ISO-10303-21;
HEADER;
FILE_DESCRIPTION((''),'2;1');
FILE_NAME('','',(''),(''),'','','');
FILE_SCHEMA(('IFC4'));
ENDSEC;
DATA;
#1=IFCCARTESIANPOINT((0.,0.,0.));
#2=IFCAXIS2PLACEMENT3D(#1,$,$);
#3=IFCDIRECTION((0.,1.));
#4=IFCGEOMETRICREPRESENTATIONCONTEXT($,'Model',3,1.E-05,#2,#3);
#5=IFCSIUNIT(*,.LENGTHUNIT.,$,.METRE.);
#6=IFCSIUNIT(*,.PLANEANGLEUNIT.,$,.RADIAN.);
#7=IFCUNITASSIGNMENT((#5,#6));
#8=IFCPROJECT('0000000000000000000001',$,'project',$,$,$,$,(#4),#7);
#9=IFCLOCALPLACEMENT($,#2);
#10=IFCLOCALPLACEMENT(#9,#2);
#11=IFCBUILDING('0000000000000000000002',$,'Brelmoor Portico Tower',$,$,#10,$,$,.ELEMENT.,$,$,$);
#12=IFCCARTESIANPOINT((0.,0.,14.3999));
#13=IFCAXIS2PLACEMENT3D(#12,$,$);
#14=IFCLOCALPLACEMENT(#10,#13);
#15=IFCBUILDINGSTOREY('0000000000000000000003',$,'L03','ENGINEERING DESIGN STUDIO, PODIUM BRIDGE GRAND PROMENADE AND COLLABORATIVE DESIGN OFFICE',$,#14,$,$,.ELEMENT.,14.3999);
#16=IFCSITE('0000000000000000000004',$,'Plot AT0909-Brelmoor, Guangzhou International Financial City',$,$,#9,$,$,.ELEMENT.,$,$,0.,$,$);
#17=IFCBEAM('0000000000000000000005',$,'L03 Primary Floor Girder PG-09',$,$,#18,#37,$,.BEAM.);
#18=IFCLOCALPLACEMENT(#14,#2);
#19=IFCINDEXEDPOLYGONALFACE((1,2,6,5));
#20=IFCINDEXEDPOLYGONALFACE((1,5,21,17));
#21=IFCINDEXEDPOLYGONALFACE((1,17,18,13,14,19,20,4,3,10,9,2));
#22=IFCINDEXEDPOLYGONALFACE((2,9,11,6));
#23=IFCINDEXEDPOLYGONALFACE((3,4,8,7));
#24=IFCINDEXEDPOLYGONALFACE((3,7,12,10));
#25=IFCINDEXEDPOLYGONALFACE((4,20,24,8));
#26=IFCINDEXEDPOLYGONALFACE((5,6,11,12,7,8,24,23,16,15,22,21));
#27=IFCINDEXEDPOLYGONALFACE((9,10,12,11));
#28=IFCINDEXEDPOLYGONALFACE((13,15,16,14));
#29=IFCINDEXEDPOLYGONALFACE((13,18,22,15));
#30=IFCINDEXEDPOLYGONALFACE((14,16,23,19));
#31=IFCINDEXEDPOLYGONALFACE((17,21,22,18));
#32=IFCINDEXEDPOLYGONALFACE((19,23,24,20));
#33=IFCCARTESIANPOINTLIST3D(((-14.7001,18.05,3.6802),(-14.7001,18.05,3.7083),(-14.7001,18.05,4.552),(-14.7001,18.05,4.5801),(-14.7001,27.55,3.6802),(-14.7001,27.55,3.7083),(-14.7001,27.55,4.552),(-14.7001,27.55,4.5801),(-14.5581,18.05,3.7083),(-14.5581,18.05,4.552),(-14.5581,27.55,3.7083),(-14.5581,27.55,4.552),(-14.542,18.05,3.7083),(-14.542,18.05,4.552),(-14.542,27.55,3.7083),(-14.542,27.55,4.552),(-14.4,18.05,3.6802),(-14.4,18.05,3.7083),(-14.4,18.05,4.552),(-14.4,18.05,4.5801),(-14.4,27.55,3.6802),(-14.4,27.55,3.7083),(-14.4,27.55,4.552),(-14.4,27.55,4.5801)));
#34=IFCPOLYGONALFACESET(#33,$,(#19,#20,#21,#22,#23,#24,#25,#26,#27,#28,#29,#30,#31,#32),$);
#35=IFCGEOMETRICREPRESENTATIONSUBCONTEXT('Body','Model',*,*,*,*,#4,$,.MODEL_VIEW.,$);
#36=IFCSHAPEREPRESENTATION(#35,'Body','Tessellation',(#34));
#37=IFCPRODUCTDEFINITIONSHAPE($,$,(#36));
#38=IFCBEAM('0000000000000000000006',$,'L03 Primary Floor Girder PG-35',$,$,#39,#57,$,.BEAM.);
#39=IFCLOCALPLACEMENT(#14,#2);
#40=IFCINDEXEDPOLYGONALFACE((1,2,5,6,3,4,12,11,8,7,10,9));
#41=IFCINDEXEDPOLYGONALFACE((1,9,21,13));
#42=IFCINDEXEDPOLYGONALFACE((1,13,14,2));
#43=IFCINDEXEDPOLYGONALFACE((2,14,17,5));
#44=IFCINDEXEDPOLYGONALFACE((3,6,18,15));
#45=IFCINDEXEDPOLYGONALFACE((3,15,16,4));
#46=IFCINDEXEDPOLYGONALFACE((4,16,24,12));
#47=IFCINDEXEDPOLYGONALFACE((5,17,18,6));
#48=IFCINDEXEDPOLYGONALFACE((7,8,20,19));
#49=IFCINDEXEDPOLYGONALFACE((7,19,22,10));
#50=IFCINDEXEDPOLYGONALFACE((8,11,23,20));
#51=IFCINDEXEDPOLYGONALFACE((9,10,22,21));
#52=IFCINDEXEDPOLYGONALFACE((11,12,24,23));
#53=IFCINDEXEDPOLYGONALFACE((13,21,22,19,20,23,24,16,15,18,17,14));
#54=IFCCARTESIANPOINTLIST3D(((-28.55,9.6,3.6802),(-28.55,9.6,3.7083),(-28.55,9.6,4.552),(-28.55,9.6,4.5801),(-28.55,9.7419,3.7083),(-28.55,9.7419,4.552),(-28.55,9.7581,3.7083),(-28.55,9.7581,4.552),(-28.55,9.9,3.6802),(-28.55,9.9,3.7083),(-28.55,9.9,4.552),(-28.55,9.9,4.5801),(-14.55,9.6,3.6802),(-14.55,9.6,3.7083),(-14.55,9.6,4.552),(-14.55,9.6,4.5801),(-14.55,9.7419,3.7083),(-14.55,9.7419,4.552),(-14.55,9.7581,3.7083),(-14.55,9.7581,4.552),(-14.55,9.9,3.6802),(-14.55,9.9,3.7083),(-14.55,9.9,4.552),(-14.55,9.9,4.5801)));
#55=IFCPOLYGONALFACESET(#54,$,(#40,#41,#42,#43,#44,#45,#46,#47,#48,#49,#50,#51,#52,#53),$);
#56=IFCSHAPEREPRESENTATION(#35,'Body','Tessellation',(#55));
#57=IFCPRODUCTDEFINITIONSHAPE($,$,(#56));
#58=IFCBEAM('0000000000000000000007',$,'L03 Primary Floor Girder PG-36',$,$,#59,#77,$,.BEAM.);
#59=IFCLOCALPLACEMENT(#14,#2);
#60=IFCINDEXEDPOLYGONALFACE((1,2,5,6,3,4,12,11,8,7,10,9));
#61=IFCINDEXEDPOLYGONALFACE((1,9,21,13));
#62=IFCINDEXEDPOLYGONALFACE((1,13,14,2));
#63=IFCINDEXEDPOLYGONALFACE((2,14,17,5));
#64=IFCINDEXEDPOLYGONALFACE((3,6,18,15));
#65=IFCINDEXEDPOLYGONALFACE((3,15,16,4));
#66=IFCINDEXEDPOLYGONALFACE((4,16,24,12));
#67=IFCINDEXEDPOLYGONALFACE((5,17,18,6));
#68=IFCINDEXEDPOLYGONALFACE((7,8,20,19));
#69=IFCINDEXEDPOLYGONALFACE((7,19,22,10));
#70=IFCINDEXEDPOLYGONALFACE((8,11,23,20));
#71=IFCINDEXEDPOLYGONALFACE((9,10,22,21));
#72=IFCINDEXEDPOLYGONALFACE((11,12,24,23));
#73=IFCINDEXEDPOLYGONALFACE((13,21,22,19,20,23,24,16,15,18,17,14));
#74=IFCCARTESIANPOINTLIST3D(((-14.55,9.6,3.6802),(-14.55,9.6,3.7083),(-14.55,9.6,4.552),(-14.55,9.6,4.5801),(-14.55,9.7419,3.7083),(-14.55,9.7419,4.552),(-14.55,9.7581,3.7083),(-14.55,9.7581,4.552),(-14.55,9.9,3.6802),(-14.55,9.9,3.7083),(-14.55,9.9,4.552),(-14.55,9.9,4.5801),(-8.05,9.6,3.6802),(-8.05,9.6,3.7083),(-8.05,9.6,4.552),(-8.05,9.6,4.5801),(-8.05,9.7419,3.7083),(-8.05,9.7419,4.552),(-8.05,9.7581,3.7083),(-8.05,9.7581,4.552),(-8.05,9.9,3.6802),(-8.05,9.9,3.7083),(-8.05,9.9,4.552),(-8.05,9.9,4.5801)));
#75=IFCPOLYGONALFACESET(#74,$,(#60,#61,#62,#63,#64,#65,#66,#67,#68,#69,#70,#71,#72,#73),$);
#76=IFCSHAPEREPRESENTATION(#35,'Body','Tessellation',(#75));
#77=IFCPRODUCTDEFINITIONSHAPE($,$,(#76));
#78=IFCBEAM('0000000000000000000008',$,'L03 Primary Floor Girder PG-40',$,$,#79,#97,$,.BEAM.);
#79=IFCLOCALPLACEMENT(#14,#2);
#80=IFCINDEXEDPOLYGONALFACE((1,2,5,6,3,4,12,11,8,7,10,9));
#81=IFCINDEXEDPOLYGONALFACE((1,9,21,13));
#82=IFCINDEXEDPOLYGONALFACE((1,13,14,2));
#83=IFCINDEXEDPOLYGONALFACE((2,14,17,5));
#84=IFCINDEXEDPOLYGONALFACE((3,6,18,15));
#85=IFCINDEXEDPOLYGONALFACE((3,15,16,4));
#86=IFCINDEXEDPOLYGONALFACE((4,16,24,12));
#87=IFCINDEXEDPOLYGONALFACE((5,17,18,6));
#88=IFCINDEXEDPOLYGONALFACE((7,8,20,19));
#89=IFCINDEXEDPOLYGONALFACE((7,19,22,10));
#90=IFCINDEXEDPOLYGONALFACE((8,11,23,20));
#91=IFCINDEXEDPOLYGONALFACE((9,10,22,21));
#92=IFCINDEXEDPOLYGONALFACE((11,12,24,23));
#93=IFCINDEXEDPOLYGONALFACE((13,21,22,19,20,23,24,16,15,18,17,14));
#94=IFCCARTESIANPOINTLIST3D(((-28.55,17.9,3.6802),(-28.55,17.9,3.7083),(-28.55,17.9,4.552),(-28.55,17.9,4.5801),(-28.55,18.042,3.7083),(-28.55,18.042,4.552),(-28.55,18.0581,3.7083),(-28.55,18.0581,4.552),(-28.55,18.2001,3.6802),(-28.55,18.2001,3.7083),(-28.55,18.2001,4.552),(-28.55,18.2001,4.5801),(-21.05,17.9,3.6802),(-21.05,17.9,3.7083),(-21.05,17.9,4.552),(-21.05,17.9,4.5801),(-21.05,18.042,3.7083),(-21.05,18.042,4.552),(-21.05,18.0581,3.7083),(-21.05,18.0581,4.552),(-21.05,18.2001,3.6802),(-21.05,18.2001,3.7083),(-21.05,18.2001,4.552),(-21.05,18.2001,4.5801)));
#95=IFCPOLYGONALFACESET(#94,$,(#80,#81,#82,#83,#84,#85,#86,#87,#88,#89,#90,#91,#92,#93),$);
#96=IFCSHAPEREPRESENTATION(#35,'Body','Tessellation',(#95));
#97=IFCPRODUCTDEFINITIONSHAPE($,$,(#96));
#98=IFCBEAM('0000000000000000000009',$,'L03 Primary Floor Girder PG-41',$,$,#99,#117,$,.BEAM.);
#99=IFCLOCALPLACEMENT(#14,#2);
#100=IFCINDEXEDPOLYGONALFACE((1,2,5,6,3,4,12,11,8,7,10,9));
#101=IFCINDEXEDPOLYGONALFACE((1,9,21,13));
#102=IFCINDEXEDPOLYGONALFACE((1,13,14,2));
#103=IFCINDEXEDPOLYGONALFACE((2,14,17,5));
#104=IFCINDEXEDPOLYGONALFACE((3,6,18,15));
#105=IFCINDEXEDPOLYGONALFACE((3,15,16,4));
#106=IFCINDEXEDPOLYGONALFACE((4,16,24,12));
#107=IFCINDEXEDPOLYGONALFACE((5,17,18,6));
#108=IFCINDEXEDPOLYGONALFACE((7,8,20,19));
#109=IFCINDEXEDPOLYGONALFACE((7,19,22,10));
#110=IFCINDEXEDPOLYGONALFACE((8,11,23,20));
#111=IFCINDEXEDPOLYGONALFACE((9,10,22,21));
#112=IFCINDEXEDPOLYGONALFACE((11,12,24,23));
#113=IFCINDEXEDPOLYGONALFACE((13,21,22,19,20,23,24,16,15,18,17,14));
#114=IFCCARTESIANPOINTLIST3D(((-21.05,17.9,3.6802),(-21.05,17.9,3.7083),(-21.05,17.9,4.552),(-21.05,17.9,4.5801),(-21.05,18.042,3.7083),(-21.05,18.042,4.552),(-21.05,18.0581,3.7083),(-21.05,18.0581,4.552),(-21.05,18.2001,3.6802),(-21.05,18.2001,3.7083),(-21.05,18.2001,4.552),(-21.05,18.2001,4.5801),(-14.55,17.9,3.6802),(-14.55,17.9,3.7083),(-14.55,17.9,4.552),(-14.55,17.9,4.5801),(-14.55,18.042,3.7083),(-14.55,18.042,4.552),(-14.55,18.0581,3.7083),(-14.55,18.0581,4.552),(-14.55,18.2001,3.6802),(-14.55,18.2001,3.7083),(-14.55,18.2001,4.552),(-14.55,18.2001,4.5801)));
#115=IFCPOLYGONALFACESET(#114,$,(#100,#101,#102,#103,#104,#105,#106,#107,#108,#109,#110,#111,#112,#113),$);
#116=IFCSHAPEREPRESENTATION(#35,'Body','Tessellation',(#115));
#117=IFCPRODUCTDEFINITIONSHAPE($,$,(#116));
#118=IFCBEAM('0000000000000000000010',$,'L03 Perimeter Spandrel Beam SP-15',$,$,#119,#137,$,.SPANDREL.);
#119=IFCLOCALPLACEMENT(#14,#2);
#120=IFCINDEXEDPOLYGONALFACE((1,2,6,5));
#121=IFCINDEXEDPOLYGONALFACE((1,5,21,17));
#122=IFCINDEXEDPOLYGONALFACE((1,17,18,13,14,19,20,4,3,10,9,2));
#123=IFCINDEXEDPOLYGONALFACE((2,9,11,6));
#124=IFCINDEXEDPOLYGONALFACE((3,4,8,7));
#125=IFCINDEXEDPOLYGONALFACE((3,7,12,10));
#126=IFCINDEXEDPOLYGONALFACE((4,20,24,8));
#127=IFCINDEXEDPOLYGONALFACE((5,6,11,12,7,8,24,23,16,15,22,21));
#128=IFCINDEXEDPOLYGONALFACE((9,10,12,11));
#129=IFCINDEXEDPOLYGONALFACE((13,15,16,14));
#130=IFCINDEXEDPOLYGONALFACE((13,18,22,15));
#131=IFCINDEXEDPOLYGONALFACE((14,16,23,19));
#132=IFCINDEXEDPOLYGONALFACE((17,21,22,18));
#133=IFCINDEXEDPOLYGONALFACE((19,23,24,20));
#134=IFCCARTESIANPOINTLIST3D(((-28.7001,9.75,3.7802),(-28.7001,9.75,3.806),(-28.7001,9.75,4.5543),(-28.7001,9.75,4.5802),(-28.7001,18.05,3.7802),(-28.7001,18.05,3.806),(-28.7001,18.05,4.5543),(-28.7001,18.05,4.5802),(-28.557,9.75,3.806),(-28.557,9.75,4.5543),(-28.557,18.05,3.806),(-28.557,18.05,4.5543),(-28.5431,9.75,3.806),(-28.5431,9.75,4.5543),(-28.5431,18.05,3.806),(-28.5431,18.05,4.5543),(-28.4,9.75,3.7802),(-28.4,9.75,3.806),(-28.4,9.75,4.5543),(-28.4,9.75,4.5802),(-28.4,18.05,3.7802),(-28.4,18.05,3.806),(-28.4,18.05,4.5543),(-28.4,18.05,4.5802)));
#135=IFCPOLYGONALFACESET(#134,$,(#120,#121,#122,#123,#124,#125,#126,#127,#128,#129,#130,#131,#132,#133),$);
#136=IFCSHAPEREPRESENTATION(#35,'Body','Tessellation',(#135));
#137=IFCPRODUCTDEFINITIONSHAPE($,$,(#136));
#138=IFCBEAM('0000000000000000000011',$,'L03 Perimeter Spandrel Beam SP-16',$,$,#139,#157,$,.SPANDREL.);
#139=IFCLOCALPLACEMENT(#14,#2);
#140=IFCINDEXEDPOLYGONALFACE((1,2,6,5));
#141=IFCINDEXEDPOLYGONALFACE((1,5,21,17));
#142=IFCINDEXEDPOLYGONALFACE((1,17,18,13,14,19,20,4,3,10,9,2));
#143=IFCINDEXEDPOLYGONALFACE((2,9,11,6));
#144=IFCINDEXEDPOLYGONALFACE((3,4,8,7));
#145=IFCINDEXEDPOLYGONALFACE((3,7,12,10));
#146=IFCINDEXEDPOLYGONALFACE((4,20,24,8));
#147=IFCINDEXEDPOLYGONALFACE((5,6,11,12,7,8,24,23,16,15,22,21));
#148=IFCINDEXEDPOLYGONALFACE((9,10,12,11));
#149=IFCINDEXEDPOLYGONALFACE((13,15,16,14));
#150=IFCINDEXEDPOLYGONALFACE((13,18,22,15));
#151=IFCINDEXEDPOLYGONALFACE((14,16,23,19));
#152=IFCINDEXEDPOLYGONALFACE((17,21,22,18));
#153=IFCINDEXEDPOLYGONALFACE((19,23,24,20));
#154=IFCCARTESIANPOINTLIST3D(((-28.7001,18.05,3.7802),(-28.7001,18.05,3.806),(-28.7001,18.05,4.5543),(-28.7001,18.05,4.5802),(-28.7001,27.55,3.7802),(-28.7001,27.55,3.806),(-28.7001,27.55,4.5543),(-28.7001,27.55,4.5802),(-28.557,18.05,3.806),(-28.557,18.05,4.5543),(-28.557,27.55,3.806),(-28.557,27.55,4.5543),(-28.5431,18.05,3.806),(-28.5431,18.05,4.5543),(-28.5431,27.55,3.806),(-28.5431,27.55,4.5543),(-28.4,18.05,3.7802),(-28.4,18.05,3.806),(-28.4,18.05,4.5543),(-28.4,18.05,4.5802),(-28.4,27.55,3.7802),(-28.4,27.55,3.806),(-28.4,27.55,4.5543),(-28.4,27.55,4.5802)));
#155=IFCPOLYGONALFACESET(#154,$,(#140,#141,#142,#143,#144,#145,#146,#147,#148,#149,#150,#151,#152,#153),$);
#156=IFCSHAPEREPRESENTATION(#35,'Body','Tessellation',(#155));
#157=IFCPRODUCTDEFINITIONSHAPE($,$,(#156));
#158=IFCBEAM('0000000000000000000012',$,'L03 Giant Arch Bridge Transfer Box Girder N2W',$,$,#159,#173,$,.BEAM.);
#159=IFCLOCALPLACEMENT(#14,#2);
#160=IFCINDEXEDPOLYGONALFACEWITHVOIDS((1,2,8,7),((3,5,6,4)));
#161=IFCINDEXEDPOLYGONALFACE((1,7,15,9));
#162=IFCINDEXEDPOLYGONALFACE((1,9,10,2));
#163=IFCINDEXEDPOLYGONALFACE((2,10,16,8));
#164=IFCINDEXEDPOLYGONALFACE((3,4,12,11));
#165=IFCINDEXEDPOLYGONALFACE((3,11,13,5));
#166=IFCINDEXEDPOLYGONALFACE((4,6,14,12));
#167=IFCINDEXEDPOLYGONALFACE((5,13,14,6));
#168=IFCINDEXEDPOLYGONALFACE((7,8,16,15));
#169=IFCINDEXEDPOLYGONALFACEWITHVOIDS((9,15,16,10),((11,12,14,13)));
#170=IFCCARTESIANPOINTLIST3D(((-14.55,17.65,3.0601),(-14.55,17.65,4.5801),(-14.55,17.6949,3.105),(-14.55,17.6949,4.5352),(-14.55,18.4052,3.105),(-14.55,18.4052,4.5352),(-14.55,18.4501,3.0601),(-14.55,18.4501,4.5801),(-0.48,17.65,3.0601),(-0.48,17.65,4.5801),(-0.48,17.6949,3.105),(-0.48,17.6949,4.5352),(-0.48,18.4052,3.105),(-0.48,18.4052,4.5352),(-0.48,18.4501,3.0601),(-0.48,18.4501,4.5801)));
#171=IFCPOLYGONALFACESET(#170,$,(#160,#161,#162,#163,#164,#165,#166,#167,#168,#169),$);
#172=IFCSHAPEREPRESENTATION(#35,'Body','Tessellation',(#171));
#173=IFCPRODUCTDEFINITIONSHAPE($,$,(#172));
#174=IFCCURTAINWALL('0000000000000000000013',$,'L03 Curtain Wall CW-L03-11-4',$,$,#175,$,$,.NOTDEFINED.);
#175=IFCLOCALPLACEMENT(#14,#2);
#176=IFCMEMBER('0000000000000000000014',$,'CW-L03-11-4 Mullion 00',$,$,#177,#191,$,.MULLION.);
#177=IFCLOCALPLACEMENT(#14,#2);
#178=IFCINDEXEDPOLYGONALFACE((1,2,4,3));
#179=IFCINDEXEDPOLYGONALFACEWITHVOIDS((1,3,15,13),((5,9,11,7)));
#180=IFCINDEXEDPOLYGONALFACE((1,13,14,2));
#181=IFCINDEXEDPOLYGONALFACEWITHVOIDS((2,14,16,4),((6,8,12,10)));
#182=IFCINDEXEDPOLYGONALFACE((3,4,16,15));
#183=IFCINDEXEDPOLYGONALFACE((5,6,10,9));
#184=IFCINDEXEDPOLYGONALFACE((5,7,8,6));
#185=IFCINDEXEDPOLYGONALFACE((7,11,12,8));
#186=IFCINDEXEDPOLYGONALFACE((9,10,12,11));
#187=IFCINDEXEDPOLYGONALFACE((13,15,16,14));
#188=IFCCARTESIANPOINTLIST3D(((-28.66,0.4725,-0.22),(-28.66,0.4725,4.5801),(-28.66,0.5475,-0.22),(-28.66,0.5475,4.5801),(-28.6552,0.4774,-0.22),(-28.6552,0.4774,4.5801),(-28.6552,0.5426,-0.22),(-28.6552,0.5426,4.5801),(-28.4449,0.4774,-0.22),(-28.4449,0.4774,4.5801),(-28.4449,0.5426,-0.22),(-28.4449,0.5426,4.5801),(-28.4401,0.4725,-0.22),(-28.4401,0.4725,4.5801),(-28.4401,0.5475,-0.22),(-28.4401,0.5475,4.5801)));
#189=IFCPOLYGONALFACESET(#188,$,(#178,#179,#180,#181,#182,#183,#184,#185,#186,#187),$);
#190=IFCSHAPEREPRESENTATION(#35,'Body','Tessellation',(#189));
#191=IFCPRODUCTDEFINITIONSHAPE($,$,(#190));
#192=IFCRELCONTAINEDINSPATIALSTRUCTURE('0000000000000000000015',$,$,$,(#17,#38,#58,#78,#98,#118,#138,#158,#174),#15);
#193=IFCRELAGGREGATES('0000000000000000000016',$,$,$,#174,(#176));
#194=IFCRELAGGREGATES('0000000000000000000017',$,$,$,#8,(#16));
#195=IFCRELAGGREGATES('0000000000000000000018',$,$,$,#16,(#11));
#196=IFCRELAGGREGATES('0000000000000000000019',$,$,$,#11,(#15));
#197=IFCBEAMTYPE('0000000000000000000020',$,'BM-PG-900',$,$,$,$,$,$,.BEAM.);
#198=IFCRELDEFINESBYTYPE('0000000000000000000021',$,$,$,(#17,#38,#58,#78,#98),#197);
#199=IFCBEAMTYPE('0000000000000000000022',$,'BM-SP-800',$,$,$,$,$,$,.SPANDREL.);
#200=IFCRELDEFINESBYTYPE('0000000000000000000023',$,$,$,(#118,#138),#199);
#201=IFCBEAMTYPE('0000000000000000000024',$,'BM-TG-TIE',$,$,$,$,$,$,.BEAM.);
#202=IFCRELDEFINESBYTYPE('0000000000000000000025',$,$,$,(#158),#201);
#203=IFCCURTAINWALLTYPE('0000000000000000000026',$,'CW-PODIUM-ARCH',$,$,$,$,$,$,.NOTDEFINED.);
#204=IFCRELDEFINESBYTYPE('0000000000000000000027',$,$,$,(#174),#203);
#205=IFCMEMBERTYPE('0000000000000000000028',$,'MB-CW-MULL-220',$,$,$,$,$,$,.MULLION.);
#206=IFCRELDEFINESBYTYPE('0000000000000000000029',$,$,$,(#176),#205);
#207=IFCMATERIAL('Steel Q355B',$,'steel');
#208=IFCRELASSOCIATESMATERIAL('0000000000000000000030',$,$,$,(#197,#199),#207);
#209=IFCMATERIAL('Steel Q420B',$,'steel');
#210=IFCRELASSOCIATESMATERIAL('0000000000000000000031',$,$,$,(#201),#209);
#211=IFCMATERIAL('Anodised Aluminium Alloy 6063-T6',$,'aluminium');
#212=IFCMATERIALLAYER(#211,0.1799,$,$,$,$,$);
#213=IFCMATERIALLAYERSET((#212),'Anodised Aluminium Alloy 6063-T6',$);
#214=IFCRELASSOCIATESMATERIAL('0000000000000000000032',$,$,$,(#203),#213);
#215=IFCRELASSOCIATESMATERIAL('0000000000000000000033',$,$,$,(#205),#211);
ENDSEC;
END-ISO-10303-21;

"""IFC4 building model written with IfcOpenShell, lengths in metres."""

from ifc_helpers import new_model, si_unit, direction, frame, origin, origin_2d, place, context, subcontext, project, spatial, hollow_rectangle, i_section, extrude, material, layer, layer_set, material_profile, profile_set, type_object, element, aggregate, save


model = new_model("IFC4")

# Units and contexts
model_context = context("Model", 3, precision=1e-05, world=origin(), true_north=direction((0.0, 1.0)))
body_context = subcontext(model_context, "Body", "Model", "MODEL_VIEW")
ifc_project = project(units=[si_unit("LENGTHUNIT", "METRE"), si_unit("PLANEANGLEUNIT", "RADIAN")], contexts=[model_context])

# Site, building, storey
site_placement = place(None, origin())
site = spatial("IfcSite", under=ifc_project, at=site_placement, Name="Plot AT0909-Brelmoor, Guangzhou International Financial City", CompositionType="ELEMENT", RefElevation=0.0)
building_placement = place(site_placement, origin())
building = spatial("IfcBuilding", under=site, at=building_placement, Name="Brelmoor Portico Tower", CompositionType="ELEMENT")
storey_placement = place(building_placement, frame((0.0, 0.0, 14.3999)))
storey = spatial("IfcBuildingStorey", under=building, at=storey_placement, Name="L03", Description="ENGINEERING DESIGN STUDIO, PODIUM BRIDGE GRAND PROMENADE AND COLLABORATIVE DESIGN OFFICE", CompositionType="ELEMENT", Elevation=14.3999)

# Shared definitions
ifc_material_1 = material(Name="Steel Q420B", Category="steel")
ifc_material_2 = material(Name="Steel Q355B", Category="steel")

# Beams
ifc_material_profile_1 = material_profile(ifc_material_2, i_section(OverallWidth=0.3, OverallDepth=0.8999, WebThickness=0.0161, FlangeThickness=0.0281, at=origin_2d()), Name="HN 900x300x16x28")
ifc_profile_set_1 = profile_set([ifc_material_profile_1], Name="Steel Q355B")
beam_type_1 = type_object("IfcBeamType", Name="BM-PG-900", PredefinedType="BEAM", material=ifc_profile_set_1)
beam_1_placement = place(storey_placement, frame((-14.55, 18.05, 4.1301), z_axis=(0.0, 1.0, 0.0), x_axis=(-1.0, 0.0, 0.0)))
element("IfcBeam", 1, at=beam_1_placement, inside=storey, type_object=beam_type_1, Name="L03 Primary Floor Girder PG-09", PredefinedType="BEAM", context=body_context, shape_type="SweptSolid", body=[
    extrude(i_section(OverallWidth=0.3, OverallDepth=0.8999, WebThickness=0.0161, FlangeThickness=0.0281, at=origin_2d()), origin(), (0.0, 0.0, 1.0), 9.5),
])
beam_2_placement = place(storey_placement, frame((-28.55, 9.75, 4.1301), z_axis=(1.0, 0.0, 0.0), x_axis=(0.0, 1.0, 0.0)))
element("IfcBeam", 2, at=beam_2_placement, inside=storey, type_object=beam_type_1, Name="L03 Primary Floor Girder PG-35", PredefinedType="BEAM", context=body_context, shape_type="SweptSolid", body=[
    extrude(i_section(OverallWidth=0.3, OverallDepth=0.8999, WebThickness=0.0161, FlangeThickness=0.0281, at=origin_2d()), origin(), (0.0, 0.0, 1.0), 14.0),
])
beam_3_placement = place(storey_placement, frame((-14.55, 9.75, 4.1301), z_axis=(1.0, 0.0, 0.0), x_axis=(0.0, 1.0, 0.0)))
element("IfcBeam", 3, at=beam_3_placement, inside=storey, type_object=beam_type_1, Name="L03 Primary Floor Girder PG-36", PredefinedType="BEAM", context=body_context, shape_type="SweptSolid", body=[
    extrude(i_section(OverallWidth=0.3, OverallDepth=0.8999, WebThickness=0.0161, FlangeThickness=0.0281, at=origin_2d()), origin(), (0.0, 0.0, 1.0), 6.5),
])
beam_4_placement = place(storey_placement, frame((-28.55, 18.05, 4.1301), z_axis=(1.0, 0.0, 0.0), x_axis=(0.0, 1.0, 0.0)))
element("IfcBeam", 4, at=beam_4_placement, inside=storey, type_object=beam_type_1, Name="L03 Primary Floor Girder PG-40", PredefinedType="BEAM", context=body_context, shape_type="SweptSolid", body=[
    extrude(i_section(OverallWidth=0.3, OverallDepth=0.8999, WebThickness=0.0161, FlangeThickness=0.0281, at=origin_2d()), origin(), (0.0, 0.0, 1.0), 7.5),
])
beam_5_placement = place(storey_placement, frame((-21.05, 18.05, 4.1301), z_axis=(1.0, 0.0, 0.0), x_axis=(0.0, 1.0, 0.0)))
element("IfcBeam", 5, at=beam_5_placement, inside=storey, type_object=beam_type_1, Name="L03 Primary Floor Girder PG-41", PredefinedType="BEAM", context=body_context, shape_type="SweptSolid", body=[
    extrude(i_section(OverallWidth=0.3, OverallDepth=0.8999, WebThickness=0.0161, FlangeThickness=0.0281, at=origin_2d()), origin(), (0.0, 0.0, 1.0), 6.5),
])
ifc_material_profile_2 = material_profile(ifc_material_2, i_section(OverallWidth=0.3, OverallDepth=0.8, WebThickness=0.0139, FlangeThickness=0.0259, at=origin_2d()), Name="HN 800x300x14x26")
ifc_profile_set_2 = profile_set([ifc_material_profile_2], Name="Steel Q355B")
beam_type_2 = type_object("IfcBeamType", Name="BM-SP-800", PredefinedType="SPANDREL", material=ifc_profile_set_2)
beam_6_placement = place(storey_placement, frame((-28.55, 9.75, 4.1802), z_axis=(0.0, 1.0, 0.0), x_axis=(-1.0, 0.0, 0.0)))
element("IfcBeam", 6, at=beam_6_placement, inside=storey, type_object=beam_type_2, Name="L03 Perimeter Spandrel Beam SP-15", PredefinedType="SPANDREL", context=body_context, shape_type="SweptSolid", body=[
    extrude(i_section(OverallWidth=0.3, OverallDepth=0.8, WebThickness=0.0139, FlangeThickness=0.0259, at=origin_2d()), origin(), (0.0, 0.0, 1.0), 8.3),
])
beam_7_placement = place(storey_placement, frame((-28.55, 18.05, 4.1802), z_axis=(0.0, 1.0, 0.0), x_axis=(-1.0, 0.0, 0.0)))
element("IfcBeam", 7, at=beam_7_placement, inside=storey, type_object=beam_type_2, Name="L03 Perimeter Spandrel Beam SP-16", PredefinedType="SPANDREL", context=body_context, shape_type="SweptSolid", body=[
    extrude(i_section(OverallWidth=0.3, OverallDepth=0.8, WebThickness=0.0139, FlangeThickness=0.0259, at=origin_2d()), origin(), (0.0, 0.0, 1.0), 9.5),
])
ifc_material_profile_3 = material_profile(ifc_material_1, hollow_rectangle(XDim=0.8, YDim=1.52, WallThickness=0.0449, at=origin_2d()), Name="BOX 800x1520x45")
ifc_profile_set_3 = profile_set([ifc_material_profile_3], Name="Steel Q420B")
beam_type_3 = type_object("IfcBeamType", Name="BM-TG-TIE", PredefinedType="BEAM", material=ifc_profile_set_3)
beam_8_placement = place(storey_placement, frame((-14.55, 18.05, 3.8201), z_axis=(1.0, 0.0, 0.0), x_axis=(0.0, 1.0, 0.0)))
element("IfcBeam", 8, at=beam_8_placement, inside=storey, type_object=beam_type_3, Name="L03 Giant Arch Bridge Transfer Box Girder N2W", PredefinedType="BEAM", context=body_context, shape_type="SweptSolid", body=[
    extrude(hollow_rectangle(XDim=0.8, YDim=1.52, WallThickness=0.0449, at=origin_2d()), origin(), (0.0, 0.0, 1.0), 14.0701),
])

# Curtain wall, member
ifc_material_3 = material(Name="Anodised Aluminium Alloy 6063-T6", Category="aluminium")
ifc_layer_1 = layer(ifc_material_3, 0.1799)
ifc_layer_set_1 = layer_set([ifc_layer_1], Name="Anodised Aluminium Alloy 6063-T6")
curtain_wall_type = type_object("IfcCurtainWallType", Name="CW-PODIUM-ARCH", PredefinedType="NOTDEFINED", material=ifc_layer_set_1)
curtain_wall_1_placement = place(storey_placement, origin())
curtain_wall_1 = element("IfcCurtainWall", 9, at=curtain_wall_1_placement, inside=storey, type_object=curtain_wall_type, Name="L03 Curtain Wall CW-L03-11-4", PredefinedType="NOTDEFINED")
ifc_material_profile_4 = material_profile(ifc_material_3, hollow_rectangle(XDim=0.075, YDim=0.22, WallThickness=0.0049, at=origin_2d()), Name="ALU MULLION 75x220")
ifc_profile_set_4 = profile_set([ifc_material_profile_4], Name="Anodised Aluminium Alloy 6063-T6")
member_type_1 = type_object("IfcMemberType", Name="MB-CW-MULL-220", PredefinedType="MULLION", material=ifc_profile_set_4)
member_1_placement = place(storey_placement, frame((-28.55, 0.51, -0.22), z_axis=(0.0, 0.0, 1.0), x_axis=(0.0, 1.0, 0.0)))
member_1 = element("IfcMember", 10, at=member_1_placement, type_object=member_type_1, Name="CW-L03-11-4 Mullion 00", PredefinedType="MULLION", context=body_context, shape_type="SweptSolid", body=[
    extrude(hollow_rectangle(XDim=0.075, YDim=0.22, WallThickness=0.0049, at=origin_2d()), origin(), (0.0, 0.0, 1.0), 4.8),
])

aggregate(curtain_wall_1, [member_1])

save(model, "model.ifc")
